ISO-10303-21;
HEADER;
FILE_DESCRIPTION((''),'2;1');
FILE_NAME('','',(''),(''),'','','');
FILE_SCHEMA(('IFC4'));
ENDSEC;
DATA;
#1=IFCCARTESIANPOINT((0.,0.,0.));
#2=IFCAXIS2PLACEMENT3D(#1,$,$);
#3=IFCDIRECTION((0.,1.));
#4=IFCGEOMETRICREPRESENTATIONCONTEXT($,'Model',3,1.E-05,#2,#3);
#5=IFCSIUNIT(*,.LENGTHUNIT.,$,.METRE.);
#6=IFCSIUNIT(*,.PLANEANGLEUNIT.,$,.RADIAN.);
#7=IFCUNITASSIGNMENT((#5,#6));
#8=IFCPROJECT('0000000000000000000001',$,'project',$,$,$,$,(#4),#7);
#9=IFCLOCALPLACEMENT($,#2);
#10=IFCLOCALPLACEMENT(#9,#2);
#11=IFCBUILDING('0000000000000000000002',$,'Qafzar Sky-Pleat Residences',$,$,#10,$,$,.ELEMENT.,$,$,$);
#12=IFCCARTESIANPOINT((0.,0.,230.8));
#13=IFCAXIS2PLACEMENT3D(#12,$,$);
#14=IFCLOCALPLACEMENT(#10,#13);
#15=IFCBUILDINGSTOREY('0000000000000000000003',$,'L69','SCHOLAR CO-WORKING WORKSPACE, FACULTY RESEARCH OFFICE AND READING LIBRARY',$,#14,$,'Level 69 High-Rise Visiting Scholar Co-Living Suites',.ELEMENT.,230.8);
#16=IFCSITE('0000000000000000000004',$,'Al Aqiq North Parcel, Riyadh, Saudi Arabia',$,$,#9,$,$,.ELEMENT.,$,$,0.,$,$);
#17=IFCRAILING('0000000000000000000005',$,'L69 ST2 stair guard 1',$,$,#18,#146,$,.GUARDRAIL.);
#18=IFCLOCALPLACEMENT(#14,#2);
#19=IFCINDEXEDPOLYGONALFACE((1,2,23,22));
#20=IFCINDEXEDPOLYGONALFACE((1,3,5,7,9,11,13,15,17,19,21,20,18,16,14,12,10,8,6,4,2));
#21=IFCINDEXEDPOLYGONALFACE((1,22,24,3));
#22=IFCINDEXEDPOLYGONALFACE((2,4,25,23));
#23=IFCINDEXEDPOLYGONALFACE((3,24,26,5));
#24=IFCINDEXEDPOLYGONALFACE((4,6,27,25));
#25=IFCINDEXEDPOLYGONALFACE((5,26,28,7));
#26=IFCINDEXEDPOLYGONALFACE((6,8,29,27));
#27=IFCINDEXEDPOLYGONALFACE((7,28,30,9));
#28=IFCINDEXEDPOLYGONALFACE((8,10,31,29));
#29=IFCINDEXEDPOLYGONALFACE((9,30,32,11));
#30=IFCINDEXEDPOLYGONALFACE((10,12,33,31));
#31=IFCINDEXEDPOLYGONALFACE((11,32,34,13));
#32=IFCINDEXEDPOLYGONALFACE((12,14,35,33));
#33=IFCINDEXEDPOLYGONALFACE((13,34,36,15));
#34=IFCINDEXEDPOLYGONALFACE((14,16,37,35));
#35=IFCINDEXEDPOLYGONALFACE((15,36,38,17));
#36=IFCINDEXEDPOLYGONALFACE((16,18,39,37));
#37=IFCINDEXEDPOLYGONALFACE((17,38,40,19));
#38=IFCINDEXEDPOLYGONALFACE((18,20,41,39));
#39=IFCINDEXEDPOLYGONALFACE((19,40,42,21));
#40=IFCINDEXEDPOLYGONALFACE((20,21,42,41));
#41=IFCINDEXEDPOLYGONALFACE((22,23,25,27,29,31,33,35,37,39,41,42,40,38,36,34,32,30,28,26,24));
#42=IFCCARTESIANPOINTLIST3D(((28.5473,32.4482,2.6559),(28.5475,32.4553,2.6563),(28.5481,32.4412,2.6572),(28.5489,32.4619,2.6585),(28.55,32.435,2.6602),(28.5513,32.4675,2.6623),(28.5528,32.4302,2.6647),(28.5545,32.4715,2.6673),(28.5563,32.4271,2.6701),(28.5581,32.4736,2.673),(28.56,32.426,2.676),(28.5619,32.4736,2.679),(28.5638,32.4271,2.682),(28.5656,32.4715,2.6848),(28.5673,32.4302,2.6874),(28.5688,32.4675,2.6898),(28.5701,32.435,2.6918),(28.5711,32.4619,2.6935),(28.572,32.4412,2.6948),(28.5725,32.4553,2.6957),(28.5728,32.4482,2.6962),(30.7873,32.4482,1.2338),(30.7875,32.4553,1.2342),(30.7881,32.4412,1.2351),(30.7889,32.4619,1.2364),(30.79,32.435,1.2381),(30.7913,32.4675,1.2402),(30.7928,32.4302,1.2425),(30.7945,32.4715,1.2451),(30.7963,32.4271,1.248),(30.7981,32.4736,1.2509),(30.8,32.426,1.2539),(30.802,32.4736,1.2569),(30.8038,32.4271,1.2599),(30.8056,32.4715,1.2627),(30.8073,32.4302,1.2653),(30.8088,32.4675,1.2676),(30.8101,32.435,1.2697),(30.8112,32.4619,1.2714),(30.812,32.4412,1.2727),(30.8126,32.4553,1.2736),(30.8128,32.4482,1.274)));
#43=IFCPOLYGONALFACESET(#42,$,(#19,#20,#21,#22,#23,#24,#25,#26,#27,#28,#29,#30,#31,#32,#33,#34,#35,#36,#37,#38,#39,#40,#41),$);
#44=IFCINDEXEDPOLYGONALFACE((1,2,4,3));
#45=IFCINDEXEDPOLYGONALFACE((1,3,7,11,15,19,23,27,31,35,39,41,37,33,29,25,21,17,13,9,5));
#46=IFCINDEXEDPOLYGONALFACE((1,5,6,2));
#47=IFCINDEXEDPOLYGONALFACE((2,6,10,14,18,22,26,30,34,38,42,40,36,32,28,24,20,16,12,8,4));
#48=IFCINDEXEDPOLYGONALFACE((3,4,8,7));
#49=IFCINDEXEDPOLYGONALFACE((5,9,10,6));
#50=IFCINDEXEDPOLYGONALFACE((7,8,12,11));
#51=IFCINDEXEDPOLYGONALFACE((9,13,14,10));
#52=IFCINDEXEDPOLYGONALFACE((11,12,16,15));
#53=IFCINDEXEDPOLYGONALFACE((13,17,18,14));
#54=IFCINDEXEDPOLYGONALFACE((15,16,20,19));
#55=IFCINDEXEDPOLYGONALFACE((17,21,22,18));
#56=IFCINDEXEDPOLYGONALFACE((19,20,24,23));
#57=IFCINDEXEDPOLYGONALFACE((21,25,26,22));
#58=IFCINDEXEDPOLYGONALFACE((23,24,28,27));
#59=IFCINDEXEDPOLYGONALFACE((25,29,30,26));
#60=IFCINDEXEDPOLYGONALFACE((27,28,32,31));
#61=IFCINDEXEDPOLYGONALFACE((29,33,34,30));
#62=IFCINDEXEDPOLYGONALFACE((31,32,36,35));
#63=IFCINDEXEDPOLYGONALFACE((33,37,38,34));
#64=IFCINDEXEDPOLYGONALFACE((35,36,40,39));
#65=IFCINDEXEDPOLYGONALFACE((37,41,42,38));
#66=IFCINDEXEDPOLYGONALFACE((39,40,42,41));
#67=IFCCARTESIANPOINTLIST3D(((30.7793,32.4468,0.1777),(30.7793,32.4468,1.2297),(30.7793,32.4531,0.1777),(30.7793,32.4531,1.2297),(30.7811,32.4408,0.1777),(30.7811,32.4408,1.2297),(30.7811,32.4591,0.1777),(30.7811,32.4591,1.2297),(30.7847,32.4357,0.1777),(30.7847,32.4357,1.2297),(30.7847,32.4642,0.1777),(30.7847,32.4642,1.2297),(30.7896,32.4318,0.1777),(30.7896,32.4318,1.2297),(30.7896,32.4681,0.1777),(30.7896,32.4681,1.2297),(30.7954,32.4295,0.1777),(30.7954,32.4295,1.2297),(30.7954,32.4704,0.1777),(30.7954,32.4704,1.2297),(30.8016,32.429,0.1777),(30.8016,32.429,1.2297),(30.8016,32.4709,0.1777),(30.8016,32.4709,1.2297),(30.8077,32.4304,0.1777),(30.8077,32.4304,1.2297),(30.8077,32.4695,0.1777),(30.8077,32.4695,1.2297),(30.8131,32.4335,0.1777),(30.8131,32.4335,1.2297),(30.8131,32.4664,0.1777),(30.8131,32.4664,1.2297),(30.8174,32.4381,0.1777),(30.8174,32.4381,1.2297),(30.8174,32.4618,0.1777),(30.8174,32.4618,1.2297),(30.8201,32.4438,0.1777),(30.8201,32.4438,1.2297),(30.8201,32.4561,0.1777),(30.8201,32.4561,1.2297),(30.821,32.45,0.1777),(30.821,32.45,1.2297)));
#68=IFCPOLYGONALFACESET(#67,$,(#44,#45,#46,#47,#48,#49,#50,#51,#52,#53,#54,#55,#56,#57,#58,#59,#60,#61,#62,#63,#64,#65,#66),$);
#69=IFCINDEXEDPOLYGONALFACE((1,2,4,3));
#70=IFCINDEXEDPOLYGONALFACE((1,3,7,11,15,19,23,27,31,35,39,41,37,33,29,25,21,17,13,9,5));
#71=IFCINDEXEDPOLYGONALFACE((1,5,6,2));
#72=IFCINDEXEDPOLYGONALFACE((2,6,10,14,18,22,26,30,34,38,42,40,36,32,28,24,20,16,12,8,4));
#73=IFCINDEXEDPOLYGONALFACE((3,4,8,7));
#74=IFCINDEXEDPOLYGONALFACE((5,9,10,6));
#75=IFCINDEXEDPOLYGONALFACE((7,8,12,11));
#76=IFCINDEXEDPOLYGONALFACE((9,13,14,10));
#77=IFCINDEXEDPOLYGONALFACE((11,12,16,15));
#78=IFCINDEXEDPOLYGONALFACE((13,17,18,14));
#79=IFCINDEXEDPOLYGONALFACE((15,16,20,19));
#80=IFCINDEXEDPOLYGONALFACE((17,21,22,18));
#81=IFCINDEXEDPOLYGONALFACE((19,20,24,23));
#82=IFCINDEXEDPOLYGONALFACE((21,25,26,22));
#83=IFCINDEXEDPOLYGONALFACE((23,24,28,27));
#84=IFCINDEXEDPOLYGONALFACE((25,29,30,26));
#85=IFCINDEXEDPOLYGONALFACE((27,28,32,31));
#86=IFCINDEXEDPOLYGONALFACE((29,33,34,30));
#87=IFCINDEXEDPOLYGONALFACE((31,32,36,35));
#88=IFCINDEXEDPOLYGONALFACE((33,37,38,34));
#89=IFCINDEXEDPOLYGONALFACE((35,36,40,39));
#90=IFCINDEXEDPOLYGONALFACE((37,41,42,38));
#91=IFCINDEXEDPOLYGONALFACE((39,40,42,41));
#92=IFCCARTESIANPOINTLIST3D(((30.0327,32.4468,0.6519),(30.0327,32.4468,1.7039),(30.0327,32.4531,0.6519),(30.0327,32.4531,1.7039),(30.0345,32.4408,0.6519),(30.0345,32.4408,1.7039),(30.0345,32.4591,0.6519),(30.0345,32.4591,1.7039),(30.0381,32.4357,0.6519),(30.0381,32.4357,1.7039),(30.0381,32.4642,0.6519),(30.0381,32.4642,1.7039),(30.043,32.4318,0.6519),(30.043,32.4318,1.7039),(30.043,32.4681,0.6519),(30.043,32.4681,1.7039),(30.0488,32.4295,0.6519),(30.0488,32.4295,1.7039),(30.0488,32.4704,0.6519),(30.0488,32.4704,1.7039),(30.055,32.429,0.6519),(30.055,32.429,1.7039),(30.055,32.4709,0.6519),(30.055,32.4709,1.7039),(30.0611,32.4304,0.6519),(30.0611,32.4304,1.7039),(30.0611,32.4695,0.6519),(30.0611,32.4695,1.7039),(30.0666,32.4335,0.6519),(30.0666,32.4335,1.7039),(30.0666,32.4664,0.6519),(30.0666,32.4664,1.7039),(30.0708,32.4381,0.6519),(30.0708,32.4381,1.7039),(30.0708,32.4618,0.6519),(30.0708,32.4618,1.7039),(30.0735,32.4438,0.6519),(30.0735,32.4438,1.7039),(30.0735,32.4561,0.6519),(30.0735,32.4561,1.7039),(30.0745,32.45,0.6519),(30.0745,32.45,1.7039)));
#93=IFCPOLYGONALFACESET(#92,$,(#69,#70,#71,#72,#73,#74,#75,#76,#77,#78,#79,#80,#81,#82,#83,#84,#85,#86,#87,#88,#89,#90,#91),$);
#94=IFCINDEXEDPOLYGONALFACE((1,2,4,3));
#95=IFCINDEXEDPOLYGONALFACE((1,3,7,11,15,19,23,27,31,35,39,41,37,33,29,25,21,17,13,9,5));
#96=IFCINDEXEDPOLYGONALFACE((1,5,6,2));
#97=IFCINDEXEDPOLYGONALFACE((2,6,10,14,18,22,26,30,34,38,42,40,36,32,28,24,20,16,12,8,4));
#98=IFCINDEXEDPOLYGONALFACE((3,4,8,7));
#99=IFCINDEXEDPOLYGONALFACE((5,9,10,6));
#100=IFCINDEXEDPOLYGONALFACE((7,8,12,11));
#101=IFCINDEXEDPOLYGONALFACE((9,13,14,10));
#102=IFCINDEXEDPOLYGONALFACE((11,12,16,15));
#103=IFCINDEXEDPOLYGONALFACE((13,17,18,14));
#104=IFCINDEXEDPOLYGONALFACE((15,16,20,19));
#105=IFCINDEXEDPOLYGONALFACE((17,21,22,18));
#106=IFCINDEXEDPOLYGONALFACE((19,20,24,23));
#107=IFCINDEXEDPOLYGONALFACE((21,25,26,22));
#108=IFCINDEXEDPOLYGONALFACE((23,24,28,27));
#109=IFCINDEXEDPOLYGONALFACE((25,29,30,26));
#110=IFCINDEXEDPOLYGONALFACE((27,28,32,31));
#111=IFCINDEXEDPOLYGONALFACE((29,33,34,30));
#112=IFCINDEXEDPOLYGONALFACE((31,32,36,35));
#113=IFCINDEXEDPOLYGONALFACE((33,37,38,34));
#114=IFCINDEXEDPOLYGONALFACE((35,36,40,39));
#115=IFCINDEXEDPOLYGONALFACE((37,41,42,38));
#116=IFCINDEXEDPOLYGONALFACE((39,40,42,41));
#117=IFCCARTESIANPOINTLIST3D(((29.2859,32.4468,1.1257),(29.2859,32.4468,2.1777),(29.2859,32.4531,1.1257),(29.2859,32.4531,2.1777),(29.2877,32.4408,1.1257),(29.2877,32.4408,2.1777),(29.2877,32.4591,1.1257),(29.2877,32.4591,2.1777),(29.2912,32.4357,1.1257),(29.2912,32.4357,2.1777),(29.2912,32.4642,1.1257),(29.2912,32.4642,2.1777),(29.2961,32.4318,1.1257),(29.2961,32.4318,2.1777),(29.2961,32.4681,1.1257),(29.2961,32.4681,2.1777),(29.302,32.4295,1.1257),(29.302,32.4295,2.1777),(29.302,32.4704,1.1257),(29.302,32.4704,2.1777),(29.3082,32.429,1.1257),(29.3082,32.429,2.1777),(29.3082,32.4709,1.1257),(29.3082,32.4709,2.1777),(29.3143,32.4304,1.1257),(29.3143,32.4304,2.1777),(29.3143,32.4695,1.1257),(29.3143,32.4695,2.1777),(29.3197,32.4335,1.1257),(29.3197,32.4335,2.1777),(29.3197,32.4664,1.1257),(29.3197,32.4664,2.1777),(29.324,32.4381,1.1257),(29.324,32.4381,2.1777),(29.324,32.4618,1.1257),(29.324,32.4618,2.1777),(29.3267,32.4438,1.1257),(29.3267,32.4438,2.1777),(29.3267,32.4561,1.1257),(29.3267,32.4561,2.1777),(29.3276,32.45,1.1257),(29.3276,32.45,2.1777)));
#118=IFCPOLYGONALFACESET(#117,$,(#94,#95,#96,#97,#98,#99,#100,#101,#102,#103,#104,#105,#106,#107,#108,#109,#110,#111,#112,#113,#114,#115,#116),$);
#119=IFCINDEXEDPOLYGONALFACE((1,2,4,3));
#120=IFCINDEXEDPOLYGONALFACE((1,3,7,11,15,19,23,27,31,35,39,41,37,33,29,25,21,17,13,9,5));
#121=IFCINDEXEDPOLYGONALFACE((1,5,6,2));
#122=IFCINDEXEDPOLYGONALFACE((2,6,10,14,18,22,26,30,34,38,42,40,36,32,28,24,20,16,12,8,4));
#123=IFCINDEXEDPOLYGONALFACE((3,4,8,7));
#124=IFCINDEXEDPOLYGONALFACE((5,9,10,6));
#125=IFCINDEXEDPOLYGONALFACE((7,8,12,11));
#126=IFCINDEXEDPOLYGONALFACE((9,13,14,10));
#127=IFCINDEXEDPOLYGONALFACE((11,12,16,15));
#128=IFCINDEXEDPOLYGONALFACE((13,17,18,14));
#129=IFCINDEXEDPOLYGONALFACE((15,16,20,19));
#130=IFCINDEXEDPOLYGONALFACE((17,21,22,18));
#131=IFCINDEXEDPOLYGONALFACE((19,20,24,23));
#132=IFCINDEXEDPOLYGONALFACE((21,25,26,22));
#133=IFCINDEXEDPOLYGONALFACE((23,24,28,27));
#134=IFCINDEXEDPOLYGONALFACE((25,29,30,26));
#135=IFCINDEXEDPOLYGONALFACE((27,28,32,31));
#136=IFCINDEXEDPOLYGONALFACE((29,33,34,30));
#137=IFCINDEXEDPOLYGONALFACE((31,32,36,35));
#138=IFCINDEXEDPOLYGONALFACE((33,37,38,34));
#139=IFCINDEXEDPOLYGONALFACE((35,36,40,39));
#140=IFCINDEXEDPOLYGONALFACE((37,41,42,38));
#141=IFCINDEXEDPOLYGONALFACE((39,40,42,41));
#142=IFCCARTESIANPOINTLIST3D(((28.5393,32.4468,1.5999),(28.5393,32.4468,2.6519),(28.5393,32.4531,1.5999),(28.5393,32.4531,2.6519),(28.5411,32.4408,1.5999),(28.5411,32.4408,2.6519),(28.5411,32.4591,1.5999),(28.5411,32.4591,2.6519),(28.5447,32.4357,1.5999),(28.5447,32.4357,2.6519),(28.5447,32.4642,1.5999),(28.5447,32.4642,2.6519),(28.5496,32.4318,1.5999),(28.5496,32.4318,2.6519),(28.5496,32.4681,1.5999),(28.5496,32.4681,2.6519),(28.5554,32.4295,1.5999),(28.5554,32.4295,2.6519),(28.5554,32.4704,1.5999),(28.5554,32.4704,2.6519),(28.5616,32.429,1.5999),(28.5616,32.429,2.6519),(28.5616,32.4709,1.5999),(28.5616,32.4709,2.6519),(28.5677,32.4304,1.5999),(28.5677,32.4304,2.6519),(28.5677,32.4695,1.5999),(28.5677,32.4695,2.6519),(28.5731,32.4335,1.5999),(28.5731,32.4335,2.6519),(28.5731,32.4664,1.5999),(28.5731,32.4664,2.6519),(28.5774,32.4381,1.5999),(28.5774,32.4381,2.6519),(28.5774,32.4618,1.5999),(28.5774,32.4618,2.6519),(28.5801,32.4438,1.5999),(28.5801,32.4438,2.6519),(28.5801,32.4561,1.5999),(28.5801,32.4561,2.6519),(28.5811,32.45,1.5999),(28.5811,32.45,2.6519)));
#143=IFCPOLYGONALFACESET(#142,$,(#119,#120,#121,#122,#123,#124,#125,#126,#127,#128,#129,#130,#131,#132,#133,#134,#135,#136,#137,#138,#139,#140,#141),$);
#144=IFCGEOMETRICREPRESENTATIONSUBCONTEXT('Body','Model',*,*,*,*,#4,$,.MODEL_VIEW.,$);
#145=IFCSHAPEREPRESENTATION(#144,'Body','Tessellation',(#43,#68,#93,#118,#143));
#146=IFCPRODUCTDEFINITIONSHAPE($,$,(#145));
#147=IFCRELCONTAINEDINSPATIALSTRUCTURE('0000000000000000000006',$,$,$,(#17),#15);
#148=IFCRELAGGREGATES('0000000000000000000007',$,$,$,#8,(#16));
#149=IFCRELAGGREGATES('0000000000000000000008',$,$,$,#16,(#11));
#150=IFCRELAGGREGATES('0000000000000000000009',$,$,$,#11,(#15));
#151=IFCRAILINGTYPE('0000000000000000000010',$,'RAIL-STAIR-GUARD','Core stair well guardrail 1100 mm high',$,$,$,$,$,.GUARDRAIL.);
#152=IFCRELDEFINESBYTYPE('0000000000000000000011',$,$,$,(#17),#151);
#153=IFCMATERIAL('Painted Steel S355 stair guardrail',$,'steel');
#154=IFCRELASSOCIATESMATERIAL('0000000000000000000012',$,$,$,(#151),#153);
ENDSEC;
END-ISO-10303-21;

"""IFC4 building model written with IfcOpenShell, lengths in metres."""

from ifc_helpers import new_model, si_unit, direction, frame, origin, origin_2d, place, context, subcontext, project, spatial, circle, extrude, source, transform, mapped, material, type_object, element, save


model = new_model("IFC4")

# Units and contexts
model_context = context("Model", 3, precision=1e-05, world=origin(), true_north=direction((0.0, 1.0)))
body_context = subcontext(model_context, "Body", "Model", "MODEL_VIEW")
ifc_project = project(units=[si_unit("LENGTHUNIT", "METRE"), si_unit("PLANEANGLEUNIT", "RADIAN")], contexts=[model_context])

# Site, building, storey
site_placement = place(None, origin())
site = spatial("IfcSite", under=ifc_project, at=site_placement, Name="Al Aqiq North Parcel, Riyadh, Saudi Arabia", CompositionType="ELEMENT", RefElevation=0.0)
building_placement = place(site_placement, origin())
building = spatial("IfcBuilding", under=site, at=building_placement, Name="Qafzar Sky-Pleat Residences", CompositionType="ELEMENT")
storey_placement = place(building_placement, frame((0.0, 0.0, 230.8)))
storey = spatial("IfcBuildingStorey", under=building, at=storey_placement, Name="L69", Description="SCHOLAR CO-WORKING WORKSPACE, FACULTY RESEARCH OFFICE AND READING LIBRARY", LongName="Level 69 High-Rise Visiting Scholar Co-Living Suites", CompositionType="ELEMENT", Elevation=230.8)

# Railing
ifc_material_1 = material(Name="Painted Steel S355 stair guardrail", Category="steel")
railing_type_1 = type_object("IfcRailingType", Name="RAIL-STAIR-GUARD", Description="Core stair well guardrail 1100 mm high", PredefinedType="GUARDRAIL", material=ifc_material_1)
shared_shape_1 = source(origin(), body_context, "Body", "SweptSolid", [
    extrude(circle(Radius=0.0239, at=origin_2d()), frame((0.0, 0.0, 1.0762), z_axis=(-0.844229, 0.0, 0.535982), x_axis=(0.0, -1.0, 0.0)), (0.0, 0.0, 1.0), 2.6533),
    extrude(circle(Radius=0.021, at=origin_2d()), origin(), (0.0, 0.0, 1.0), 1.052),
    extrude(circle(Radius=0.021, at=origin_2d()), frame((-0.7466, 0.0, 0.4741)), (0.0, 0.0, 1.0), 1.052),
    extrude(circle(Radius=0.021, at=origin_2d()), frame((-1.4934, 0.0, 0.948)), (0.0, 0.0, 1.0), 1.052),
    extrude(circle(Radius=0.021, at=origin_2d()), frame((-2.24, 0.0, 1.4221)), (0.0, 0.0, 1.0), 1.052),
])
railing_1_placement = place(storey_placement, frame((30.8, 32.45, 0.1777)))
element("IfcRailing", 1, at=railing_1_placement, inside=storey, type_object=railing_type_1, Name="L69 ST2 stair guard 1", PredefinedType="GUARDRAIL", context=body_context, shape_type="MappedRepresentation", body=[
    mapped(shared_shape_1, transform((0.0, 0.0, 0.0), x_axis=(1.0, 0.0, 0.0), y_axis=(0.0, 1.0, 0.0), z_axis=(0.0, 0.0, 1.0), scale=1.0)),
])

save(model, "model.ifc")
